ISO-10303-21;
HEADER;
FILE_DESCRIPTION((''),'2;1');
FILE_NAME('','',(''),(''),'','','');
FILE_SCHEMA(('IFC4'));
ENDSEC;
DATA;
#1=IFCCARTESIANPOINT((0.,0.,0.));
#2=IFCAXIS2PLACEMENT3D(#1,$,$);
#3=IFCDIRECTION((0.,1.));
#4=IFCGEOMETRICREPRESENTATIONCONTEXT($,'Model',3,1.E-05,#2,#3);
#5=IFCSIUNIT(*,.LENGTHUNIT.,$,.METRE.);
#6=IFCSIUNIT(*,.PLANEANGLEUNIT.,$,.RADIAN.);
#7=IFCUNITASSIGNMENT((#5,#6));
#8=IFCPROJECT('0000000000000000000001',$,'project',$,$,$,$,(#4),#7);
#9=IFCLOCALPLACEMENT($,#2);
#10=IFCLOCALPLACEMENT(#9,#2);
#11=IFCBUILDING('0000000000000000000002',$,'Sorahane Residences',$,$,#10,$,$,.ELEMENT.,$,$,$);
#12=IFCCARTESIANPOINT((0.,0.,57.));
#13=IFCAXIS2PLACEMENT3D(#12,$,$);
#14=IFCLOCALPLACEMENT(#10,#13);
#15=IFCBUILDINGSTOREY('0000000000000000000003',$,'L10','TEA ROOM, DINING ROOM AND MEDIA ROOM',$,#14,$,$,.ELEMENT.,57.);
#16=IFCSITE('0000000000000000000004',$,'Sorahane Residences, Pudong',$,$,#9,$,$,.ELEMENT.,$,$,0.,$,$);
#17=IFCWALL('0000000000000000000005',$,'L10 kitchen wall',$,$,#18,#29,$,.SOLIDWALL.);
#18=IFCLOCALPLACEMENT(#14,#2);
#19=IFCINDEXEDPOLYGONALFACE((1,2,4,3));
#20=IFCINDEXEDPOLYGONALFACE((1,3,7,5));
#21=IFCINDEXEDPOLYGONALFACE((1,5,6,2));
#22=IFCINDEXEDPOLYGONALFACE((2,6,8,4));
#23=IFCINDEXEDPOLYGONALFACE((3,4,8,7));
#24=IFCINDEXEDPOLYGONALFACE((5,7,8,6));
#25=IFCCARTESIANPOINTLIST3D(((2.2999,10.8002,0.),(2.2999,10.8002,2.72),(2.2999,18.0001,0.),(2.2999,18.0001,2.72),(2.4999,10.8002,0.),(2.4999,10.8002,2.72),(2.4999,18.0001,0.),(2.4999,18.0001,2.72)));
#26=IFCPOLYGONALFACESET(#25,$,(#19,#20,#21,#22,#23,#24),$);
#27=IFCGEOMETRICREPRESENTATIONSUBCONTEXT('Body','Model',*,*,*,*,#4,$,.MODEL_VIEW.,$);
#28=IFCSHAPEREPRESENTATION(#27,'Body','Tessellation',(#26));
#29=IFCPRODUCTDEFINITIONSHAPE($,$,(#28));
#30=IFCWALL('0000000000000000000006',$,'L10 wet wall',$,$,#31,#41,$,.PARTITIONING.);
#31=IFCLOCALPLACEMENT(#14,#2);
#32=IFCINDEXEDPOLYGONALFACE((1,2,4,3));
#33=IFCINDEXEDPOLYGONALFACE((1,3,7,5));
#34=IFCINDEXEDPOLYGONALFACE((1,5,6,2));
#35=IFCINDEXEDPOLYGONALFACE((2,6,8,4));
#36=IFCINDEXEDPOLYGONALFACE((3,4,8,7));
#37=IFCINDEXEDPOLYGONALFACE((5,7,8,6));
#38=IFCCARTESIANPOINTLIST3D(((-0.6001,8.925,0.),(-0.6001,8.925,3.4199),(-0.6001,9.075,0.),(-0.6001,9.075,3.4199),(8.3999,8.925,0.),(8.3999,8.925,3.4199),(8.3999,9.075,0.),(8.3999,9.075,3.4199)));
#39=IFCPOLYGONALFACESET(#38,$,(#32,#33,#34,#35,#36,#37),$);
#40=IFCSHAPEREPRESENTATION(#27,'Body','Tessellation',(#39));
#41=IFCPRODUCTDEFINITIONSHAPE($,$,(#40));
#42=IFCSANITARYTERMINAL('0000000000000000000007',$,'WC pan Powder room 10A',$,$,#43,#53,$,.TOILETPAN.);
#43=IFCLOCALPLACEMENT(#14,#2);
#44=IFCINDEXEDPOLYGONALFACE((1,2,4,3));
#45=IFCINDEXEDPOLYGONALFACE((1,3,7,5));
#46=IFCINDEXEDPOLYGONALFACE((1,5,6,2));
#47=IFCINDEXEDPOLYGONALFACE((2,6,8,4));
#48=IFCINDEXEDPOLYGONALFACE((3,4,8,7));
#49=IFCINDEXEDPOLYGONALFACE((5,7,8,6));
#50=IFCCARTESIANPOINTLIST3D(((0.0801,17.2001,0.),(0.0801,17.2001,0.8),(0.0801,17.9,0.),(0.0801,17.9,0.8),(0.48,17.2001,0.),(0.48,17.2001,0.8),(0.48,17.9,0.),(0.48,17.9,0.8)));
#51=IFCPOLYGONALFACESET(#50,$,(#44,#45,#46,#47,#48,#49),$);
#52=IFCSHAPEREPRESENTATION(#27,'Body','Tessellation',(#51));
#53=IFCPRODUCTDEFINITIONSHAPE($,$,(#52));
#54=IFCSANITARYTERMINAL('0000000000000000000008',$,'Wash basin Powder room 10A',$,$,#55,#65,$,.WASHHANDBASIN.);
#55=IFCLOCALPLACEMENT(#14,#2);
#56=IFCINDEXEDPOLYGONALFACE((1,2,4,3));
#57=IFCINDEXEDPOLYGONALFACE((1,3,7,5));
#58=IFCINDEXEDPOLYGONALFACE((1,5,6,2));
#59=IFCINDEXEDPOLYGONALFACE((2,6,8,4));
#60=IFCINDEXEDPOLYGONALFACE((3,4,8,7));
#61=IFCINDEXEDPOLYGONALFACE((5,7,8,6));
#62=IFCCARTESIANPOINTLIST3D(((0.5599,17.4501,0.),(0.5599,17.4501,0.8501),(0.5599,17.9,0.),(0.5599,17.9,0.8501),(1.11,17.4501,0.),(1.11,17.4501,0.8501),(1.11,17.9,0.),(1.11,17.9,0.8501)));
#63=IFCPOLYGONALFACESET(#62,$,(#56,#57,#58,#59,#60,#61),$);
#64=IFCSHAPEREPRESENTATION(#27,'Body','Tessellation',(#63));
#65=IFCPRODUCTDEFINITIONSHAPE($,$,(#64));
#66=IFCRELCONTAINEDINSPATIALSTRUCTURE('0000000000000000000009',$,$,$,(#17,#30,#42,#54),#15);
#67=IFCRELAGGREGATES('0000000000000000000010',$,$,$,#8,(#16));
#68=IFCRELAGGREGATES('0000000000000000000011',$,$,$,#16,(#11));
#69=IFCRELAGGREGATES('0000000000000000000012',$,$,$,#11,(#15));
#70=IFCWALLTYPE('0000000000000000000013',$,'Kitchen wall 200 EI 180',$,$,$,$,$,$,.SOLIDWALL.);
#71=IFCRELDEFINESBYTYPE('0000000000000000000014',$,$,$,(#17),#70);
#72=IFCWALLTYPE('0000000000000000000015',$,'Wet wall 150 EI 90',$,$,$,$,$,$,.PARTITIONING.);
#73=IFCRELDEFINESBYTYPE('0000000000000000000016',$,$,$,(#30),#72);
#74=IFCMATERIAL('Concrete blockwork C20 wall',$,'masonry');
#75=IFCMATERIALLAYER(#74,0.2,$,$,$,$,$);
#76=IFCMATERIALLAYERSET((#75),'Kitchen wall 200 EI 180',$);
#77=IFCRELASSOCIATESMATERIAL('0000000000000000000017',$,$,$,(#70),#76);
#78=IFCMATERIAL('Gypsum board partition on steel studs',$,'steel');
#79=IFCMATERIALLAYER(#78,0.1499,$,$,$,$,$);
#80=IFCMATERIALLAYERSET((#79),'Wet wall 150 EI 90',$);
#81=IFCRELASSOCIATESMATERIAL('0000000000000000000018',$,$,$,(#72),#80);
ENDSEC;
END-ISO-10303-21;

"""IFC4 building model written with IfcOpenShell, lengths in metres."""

from ifc_helpers import new_model, si_unit, direction, frame, frame_2d, origin, origin_2d, place, context, subcontext, project, spatial, rectangle, extrude, material, layer, layer_set, type_object, element, save


model = new_model("IFC4")

# Units and contexts
model_context = context("Model", 3, precision=1e-05, world=origin(), true_north=direction((0.0, 1.0)))
body_context = subcontext(model_context, "Body", "Model", "MODEL_VIEW")
ifc_project = project(units=[si_unit("LENGTHUNIT", "METRE"), si_unit("PLANEANGLEUNIT", "RADIAN")], contexts=[model_context])

# Site, building, storey
site_placement = place(None, origin())
site = spatial("IfcSite", under=ifc_project, at=site_placement, Name="Sorahane Residences, Pudong", CompositionType="ELEMENT", RefElevation=0.0)
building_placement = place(site_placement, origin())
building = spatial("IfcBuilding", under=site, at=building_placement, Name="Sorahane Residences", CompositionType="ELEMENT")
storey_placement = place(building_placement, frame((0.0, 0.0, 57.0)))
storey = spatial("IfcBuildingStorey", under=building, at=storey_placement, Name="L10", Description="TEA ROOM, DINING ROOM AND MEDIA ROOM", CompositionType="ELEMENT", Elevation=57.0)

# Wall
ifc_material_1 = material(Name="Concrete blockwork C20 wall", Category="masonry")
ifc_layer_1 = layer(ifc_material_1, 0.2)
ifc_layer_set_1 = layer_set([ifc_layer_1], Name="Kitchen wall 200 EI 180")
wall_type_1 = type_object("IfcWallType", Name="Kitchen wall 200 EI 180", PredefinedType="SOLIDWALL", material=ifc_layer_set_1)
wall_1_placement = place(storey_placement, frame((2.3999, 10.8, 0.0), z_axis=(0.0, 0.0, 1.0), x_axis=(0.0, 1.0, 0.0)))
element("IfcWall", 1, at=wall_1_placement, inside=storey, type_object=wall_type_1, Name="L10 kitchen wall", PredefinedType="SOLIDWALL", context=body_context, shape_type="SweptSolid", body=[
    extrude(rectangle(XDim=7.2, YDim=0.2, at=frame_2d((3.6001, 0.0))), origin(), (0.0, 0.0, 1.0), 2.72),
])

# Shared definitions
ifc_material_2 = material(Name="Gypsum board partition on steel studs", Category="steel")
ifc_layer_2 = layer(ifc_material_2, 0.1499)
ifc_layer_set_2 = layer_set([ifc_layer_2], Name="Wet wall 150 EI 90")
wall_type_2 = type_object("IfcWallType", Name="Wet wall 150 EI 90", PredefinedType="PARTITIONING", material=ifc_layer_set_2)

# Wall
wall_2_placement = place(storey_placement, frame((-0.6001, 9.0, 0.0), z_axis=(0.0, 0.0, 1.0), x_axis=(1.0, 0.0, 0.0)))
element("IfcWall", 2, at=wall_2_placement, inside=storey, type_object=wall_type_2, Name="L10 wet wall", PredefinedType="PARTITIONING", context=body_context, shape_type="SweptSolid", body=[
    extrude(rectangle(XDim=9.0, YDim=0.1499, at=frame_2d((4.5, 0.0))), origin(), (0.0, 0.0, 1.0), 3.4199),
])

# Sanitary terminals
sanitary_terminal_1_placement = place(storey_placement, frame((0.28, 17.55, 0.0), z_axis=(0.0, 0.0, 1.0), x_axis=(1.0, 0.0, 0.0)))
element("IfcSanitaryTerminal", 3, at=sanitary_terminal_1_placement, inside=storey, Name="WC pan Powder room 10A", PredefinedType="TOILETPAN", context=body_context, shape_type="SweptSolid", body=[
    extrude(rectangle(XDim=0.3999, YDim=0.7, at=origin_2d()), origin(), (0.0, 0.0, 1.0), 0.8),
])
sanitary_terminal_2_placement = place(storey_placement, frame((0.835, 17.675, 0.0), z_axis=(0.0, 0.0, 1.0), x_axis=(1.0, 0.0, 0.0)))
element("IfcSanitaryTerminal", 4, at=sanitary_terminal_2_placement, inside=storey, Name="Wash basin Powder room 10A", PredefinedType="WASHHANDBASIN", context=body_context, shape_type="SweptSolid", body=[
    extrude(rectangle(XDim=0.55, YDim=0.45, at=origin_2d()), origin(), (0.0, 0.0, 1.0), 0.8501),
])

save(model, "model.ifc")
